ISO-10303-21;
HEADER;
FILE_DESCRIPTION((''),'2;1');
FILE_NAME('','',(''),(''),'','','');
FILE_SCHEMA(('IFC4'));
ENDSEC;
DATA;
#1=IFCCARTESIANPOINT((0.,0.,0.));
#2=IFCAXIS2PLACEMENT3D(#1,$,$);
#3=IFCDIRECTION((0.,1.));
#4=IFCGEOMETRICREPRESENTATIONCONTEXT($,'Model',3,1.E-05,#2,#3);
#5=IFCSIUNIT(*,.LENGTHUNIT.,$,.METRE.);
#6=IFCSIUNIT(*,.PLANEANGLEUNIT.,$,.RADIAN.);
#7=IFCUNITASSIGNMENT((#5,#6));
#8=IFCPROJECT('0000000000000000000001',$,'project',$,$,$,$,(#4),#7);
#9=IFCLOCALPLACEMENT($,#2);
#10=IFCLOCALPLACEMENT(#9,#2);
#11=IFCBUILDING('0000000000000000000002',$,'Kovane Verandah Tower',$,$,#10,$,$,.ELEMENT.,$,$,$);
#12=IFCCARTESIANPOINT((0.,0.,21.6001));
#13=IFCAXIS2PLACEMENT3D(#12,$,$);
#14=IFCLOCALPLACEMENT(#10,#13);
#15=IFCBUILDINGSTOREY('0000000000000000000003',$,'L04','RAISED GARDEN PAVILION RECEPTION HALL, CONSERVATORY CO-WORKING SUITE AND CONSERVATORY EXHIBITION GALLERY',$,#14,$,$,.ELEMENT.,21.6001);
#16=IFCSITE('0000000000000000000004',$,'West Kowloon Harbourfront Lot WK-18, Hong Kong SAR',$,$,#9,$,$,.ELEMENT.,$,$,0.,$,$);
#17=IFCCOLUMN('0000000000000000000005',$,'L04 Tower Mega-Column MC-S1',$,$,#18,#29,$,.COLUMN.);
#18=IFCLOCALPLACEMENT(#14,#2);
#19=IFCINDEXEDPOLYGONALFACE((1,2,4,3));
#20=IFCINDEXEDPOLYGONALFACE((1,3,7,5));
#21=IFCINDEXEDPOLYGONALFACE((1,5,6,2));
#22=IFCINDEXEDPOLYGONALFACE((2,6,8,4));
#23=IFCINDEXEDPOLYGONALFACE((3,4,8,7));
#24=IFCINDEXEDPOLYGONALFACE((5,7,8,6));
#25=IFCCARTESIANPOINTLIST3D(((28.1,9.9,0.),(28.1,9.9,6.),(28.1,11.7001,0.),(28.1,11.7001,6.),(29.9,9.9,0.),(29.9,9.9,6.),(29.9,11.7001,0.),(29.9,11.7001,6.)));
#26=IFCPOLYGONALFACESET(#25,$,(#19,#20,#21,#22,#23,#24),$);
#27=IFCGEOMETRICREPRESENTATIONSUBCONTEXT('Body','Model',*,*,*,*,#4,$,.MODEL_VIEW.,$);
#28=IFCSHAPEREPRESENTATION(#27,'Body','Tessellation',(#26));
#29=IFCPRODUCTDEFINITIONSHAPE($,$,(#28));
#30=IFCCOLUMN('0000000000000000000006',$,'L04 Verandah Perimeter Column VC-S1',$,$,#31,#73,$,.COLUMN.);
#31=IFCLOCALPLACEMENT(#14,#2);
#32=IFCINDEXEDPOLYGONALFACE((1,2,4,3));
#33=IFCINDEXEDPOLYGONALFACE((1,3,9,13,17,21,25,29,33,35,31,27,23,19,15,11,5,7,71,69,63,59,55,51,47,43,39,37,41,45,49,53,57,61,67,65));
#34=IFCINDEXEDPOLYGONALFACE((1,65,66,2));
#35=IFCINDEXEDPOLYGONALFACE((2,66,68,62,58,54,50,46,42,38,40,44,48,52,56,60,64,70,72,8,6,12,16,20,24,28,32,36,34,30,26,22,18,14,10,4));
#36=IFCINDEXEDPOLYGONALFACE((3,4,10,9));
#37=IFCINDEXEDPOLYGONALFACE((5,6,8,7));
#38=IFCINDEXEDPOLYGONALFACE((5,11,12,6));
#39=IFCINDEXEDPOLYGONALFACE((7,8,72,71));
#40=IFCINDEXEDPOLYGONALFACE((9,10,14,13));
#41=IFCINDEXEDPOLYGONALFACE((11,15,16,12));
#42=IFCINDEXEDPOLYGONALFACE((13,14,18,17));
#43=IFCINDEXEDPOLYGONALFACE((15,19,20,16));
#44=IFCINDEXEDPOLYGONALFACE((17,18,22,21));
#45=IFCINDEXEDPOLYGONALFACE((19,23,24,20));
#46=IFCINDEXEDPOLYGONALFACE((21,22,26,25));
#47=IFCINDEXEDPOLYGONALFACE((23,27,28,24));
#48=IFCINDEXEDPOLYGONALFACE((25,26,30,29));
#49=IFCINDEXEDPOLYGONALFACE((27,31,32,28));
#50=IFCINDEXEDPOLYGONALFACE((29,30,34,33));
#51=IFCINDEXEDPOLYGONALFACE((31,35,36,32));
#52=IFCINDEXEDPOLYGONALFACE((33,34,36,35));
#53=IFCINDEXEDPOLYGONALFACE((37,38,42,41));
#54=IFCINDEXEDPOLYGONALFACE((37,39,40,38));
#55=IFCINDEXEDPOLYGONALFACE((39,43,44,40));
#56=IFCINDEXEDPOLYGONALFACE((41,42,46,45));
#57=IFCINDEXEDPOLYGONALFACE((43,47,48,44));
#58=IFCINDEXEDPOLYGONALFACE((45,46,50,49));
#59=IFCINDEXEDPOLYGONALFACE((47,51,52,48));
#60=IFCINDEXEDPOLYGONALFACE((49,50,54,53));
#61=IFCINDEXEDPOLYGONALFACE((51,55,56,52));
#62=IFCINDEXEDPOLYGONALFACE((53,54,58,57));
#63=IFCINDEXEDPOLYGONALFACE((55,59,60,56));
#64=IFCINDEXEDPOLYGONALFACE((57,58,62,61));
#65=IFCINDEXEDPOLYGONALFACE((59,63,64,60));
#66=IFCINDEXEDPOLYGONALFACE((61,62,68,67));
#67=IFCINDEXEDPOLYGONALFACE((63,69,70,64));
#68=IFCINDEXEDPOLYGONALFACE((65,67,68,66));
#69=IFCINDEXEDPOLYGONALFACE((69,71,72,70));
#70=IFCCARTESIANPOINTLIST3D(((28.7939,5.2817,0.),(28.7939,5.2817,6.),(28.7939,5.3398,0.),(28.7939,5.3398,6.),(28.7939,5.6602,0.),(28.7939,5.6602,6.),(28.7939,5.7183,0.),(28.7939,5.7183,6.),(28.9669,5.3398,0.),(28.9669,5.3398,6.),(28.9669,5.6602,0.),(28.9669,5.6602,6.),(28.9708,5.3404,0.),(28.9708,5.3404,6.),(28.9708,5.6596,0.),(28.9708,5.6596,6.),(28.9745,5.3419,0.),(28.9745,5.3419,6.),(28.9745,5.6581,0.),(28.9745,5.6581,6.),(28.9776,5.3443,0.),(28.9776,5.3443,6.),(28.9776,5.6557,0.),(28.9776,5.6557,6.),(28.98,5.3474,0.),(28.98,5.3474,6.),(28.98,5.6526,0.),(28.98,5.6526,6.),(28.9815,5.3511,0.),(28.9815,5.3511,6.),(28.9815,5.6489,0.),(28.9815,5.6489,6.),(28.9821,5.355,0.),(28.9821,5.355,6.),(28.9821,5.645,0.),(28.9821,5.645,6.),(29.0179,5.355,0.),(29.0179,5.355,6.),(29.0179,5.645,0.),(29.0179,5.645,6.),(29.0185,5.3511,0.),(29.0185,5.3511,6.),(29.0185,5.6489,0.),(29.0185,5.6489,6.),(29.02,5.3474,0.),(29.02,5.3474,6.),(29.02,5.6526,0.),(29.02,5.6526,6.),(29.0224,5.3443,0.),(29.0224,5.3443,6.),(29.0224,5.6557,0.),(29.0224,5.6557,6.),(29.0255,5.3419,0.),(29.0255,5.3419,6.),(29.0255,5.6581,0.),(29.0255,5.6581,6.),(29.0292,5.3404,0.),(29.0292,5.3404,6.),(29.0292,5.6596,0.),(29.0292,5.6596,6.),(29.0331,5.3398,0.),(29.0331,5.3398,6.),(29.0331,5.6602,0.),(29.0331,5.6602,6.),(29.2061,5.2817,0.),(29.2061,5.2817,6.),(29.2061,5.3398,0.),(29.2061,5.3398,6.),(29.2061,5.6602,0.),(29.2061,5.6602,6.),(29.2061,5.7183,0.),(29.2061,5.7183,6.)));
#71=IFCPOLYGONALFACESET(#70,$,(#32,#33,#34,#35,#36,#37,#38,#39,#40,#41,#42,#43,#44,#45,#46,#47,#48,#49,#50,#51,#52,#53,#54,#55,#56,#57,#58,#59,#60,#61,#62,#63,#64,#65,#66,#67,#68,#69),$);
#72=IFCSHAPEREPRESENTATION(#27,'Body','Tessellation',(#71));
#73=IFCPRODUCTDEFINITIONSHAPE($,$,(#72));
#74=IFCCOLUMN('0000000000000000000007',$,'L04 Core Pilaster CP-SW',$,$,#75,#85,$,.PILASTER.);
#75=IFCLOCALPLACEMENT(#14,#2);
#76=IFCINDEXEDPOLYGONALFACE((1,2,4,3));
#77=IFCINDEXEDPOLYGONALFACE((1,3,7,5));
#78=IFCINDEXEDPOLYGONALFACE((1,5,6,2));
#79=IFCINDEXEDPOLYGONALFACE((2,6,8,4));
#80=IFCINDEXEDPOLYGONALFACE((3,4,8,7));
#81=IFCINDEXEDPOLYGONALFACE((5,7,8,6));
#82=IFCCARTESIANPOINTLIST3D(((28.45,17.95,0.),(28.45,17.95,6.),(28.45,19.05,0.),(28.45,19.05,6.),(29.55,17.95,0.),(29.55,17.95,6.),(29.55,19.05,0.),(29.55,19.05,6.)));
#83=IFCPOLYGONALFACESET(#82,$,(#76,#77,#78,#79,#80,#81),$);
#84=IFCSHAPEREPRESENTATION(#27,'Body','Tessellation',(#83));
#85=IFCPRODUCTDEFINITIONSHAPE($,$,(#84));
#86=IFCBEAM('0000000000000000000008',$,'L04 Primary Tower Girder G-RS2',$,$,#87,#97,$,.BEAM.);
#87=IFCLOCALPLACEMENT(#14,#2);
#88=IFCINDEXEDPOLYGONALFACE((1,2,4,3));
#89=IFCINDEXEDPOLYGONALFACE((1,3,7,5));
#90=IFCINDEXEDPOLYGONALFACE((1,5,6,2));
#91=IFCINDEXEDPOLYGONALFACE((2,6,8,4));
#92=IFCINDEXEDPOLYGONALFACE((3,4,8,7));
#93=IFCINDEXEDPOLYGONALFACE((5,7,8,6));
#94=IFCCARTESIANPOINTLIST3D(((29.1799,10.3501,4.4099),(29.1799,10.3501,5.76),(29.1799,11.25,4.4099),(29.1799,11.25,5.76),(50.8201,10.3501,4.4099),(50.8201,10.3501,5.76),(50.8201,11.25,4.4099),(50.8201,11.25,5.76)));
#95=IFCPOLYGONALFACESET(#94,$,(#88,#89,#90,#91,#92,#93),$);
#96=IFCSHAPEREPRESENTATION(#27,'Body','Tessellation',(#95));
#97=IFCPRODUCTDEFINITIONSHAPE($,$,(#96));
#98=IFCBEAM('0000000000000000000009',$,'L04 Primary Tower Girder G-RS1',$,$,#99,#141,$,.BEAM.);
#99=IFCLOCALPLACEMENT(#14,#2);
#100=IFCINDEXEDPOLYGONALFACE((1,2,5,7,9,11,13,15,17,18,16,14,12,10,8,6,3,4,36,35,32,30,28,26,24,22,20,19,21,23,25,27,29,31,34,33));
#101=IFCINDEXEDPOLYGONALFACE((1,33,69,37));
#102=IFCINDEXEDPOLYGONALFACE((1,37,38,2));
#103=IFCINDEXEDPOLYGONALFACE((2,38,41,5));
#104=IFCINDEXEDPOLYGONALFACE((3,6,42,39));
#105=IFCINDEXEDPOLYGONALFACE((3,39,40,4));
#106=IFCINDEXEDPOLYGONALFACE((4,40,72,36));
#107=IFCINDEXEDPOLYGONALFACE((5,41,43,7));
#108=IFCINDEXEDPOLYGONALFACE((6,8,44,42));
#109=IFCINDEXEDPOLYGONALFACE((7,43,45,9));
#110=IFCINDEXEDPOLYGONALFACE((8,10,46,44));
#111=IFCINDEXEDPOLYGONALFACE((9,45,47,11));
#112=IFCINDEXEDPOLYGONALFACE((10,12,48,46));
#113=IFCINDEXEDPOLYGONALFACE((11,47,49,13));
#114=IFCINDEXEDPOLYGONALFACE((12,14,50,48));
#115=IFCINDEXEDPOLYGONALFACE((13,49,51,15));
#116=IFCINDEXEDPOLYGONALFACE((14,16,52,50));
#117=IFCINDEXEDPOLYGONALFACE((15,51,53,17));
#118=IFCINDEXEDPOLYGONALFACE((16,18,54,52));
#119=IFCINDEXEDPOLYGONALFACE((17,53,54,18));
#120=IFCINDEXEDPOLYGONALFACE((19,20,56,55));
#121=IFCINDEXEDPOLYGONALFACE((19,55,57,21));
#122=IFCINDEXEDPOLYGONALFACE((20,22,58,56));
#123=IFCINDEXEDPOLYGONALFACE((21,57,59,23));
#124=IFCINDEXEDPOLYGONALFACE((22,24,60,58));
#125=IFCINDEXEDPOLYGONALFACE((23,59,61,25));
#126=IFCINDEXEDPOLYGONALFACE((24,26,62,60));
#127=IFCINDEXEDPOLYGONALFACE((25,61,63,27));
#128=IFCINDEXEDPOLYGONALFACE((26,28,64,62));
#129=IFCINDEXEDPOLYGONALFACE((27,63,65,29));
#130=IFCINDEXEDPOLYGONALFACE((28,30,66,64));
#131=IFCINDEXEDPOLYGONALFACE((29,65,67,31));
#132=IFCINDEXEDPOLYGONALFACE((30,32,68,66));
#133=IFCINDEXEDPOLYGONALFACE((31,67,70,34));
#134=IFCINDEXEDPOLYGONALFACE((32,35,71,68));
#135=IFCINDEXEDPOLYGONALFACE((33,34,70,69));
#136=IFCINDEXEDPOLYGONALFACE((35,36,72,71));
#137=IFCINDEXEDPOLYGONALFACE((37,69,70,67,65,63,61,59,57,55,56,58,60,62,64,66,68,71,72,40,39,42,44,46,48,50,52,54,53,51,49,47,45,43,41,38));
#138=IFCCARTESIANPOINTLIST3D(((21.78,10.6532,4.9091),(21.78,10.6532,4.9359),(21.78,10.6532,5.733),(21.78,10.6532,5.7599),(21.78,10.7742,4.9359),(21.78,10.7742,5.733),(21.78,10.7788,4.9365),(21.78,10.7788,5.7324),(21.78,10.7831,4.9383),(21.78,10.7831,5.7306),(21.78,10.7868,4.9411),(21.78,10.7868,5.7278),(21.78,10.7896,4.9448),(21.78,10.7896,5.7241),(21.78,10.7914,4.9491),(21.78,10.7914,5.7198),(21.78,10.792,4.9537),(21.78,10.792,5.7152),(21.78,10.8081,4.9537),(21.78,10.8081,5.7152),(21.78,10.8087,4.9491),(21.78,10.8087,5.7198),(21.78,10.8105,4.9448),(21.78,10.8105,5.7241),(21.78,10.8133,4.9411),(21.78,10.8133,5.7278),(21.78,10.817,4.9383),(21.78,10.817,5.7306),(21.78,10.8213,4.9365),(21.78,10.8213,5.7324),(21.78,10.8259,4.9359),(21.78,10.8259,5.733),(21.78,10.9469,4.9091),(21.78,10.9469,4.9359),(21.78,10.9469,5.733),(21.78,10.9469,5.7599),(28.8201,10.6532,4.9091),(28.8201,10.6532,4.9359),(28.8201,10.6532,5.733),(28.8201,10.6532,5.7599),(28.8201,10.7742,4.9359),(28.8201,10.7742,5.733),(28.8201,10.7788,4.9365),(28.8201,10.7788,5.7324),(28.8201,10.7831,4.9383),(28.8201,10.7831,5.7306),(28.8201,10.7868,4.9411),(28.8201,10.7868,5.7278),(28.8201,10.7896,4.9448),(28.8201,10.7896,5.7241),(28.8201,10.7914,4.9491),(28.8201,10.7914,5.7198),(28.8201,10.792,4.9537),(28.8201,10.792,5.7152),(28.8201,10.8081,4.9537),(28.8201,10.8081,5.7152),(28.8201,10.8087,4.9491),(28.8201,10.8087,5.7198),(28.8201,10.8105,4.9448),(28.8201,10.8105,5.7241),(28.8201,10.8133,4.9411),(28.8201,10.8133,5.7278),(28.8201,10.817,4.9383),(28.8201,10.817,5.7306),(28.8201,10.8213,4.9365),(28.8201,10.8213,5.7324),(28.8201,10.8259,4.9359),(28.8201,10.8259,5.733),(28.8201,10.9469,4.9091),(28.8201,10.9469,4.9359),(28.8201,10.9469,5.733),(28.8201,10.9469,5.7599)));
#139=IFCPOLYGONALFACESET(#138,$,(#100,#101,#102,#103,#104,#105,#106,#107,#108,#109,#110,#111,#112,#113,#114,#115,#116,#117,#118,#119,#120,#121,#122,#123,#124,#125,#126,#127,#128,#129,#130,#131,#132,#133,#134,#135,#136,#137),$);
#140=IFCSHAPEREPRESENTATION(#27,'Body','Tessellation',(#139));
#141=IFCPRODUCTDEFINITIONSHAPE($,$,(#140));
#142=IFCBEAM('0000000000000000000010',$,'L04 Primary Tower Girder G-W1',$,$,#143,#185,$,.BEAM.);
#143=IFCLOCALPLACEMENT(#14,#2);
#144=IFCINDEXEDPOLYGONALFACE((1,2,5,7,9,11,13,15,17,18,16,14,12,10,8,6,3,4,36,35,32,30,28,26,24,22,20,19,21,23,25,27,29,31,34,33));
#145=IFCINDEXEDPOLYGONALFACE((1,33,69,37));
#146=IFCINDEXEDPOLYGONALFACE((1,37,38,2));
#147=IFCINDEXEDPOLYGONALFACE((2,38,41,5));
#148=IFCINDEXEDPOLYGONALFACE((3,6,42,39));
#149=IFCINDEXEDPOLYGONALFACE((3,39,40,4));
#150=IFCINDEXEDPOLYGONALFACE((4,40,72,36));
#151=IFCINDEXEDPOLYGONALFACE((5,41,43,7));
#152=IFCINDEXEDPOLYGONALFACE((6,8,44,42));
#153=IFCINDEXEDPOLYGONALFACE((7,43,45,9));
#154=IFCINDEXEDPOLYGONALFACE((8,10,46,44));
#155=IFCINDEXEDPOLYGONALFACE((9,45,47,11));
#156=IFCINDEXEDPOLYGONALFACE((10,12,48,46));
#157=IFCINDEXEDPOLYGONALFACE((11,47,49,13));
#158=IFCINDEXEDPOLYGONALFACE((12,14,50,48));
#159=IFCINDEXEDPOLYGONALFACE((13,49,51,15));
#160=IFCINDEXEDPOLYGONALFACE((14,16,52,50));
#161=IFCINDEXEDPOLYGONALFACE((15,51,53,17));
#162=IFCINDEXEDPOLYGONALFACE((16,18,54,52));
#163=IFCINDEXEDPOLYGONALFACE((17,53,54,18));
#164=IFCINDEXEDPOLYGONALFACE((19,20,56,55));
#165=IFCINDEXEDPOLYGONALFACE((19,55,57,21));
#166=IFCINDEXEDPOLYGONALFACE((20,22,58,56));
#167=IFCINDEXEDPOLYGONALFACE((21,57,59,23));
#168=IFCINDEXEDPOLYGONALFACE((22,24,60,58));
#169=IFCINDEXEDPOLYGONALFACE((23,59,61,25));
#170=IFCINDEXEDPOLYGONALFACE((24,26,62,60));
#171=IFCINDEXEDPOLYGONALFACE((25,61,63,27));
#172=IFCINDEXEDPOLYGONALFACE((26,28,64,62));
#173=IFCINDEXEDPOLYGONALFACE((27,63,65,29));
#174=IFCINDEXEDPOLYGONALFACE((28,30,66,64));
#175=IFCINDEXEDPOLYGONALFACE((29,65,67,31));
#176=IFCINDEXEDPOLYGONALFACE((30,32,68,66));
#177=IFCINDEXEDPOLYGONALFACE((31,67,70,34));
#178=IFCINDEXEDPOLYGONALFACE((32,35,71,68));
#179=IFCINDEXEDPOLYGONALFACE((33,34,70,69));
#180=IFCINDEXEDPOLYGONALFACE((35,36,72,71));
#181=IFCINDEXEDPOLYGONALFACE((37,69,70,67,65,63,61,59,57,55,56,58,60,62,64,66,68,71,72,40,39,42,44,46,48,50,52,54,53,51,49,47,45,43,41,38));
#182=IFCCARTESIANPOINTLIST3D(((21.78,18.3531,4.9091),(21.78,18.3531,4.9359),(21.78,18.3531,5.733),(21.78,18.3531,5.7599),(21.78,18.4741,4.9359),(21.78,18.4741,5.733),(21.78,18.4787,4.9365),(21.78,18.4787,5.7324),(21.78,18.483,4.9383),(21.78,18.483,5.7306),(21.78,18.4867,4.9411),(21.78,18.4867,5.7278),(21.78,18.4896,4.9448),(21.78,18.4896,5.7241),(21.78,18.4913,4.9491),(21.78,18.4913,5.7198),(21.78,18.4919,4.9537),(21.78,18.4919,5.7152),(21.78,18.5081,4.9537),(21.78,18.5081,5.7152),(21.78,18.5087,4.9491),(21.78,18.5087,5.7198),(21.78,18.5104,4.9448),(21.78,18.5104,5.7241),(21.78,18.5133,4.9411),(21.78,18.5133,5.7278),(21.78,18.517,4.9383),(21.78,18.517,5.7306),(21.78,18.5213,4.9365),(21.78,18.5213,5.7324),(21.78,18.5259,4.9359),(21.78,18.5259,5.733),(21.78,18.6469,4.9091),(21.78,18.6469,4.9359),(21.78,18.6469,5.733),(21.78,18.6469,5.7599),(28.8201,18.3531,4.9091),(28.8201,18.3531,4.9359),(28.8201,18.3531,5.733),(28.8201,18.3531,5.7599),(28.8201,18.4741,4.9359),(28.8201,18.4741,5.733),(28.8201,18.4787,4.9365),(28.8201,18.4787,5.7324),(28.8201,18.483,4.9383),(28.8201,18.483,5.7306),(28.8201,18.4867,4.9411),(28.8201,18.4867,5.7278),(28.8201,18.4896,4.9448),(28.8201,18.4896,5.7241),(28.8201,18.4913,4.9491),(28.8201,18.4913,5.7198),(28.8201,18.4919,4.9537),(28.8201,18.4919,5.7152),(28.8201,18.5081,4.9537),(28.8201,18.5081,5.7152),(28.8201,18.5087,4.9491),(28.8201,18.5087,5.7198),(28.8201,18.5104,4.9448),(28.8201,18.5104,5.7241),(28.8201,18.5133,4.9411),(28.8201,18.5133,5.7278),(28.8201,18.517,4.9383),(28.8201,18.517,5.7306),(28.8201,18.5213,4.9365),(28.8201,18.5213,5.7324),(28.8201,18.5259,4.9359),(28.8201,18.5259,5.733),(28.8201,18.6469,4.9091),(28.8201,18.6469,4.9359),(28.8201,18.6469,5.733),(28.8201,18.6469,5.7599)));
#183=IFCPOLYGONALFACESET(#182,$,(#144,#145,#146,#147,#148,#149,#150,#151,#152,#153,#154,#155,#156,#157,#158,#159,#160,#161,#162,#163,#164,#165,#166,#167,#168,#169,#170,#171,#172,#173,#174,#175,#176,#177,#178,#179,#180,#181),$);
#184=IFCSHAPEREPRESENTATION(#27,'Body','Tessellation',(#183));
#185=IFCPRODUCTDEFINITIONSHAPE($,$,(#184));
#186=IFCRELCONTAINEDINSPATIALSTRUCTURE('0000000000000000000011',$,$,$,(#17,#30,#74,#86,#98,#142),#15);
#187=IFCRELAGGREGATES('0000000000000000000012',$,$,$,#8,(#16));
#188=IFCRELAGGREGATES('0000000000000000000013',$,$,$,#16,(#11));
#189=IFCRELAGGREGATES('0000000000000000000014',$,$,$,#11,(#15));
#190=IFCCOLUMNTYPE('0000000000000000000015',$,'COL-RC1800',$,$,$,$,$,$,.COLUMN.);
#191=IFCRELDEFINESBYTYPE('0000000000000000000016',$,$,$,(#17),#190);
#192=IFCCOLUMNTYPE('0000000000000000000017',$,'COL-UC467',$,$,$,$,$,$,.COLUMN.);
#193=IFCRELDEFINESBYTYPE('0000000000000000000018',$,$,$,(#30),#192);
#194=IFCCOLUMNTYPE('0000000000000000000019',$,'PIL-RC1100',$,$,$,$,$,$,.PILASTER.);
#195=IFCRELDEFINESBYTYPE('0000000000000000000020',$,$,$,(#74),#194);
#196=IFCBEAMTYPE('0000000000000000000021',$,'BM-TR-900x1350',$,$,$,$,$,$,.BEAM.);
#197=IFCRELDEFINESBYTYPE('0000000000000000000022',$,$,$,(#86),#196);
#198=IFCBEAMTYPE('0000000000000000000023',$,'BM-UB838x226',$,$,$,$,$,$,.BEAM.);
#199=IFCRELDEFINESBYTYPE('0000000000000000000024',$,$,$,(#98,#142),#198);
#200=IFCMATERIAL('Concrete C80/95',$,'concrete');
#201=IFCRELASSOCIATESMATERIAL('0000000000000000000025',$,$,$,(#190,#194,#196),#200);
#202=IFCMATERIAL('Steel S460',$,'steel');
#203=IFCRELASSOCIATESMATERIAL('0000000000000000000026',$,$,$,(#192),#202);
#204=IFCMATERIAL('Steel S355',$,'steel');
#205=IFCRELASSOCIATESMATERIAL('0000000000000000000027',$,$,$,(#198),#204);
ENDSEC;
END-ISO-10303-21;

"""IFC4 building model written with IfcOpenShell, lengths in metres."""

from ifc_helpers import new_model, si_unit, direction, frame, origin, origin_2d, place, context, subcontext, project, spatial, rectangle, i_section, extrude, material, material_profile, profile_set, type_object, element, save


model = new_model("IFC4")

# Units and contexts
model_context = context("Model", 3, precision=1e-05, world=origin(), true_north=direction((0.0, 1.0)))
body_context = subcontext(model_context, "Body", "Model", "MODEL_VIEW")
ifc_project = project(units=[si_unit("LENGTHUNIT", "METRE"), si_unit("PLANEANGLEUNIT", "RADIAN")], contexts=[model_context])

# Site, building, storey
site_placement = place(None, origin())
site = spatial("IfcSite", under=ifc_project, at=site_placement, Name="West Kowloon Harbourfront Lot WK-18, Hong Kong SAR", CompositionType="ELEMENT", RefElevation=0.0)
building_placement = place(site_placement, origin())
building = spatial("IfcBuilding", under=site, at=building_placement, Name="Kovane Verandah Tower", CompositionType="ELEMENT")
storey_placement = place(building_placement, frame((0.0, 0.0, 21.6001)))
storey = spatial("IfcBuildingStorey", under=building, at=storey_placement, Name="L04", Description="RAISED GARDEN PAVILION RECEPTION HALL, CONSERVATORY CO-WORKING SUITE AND CONSERVATORY EXHIBITION GALLERY", CompositionType="ELEMENT", Elevation=21.6001)

# Columns
ifc_material_1 = material(Name="Concrete C80/95", Category="concrete")
ifc_material_profile_1 = material_profile(ifc_material_1, rectangle(XDim=1.8, YDim=1.8, at=origin_2d()), Name="RC1800x1800")
ifc_profile_set_1 = profile_set([ifc_material_profile_1], Name="Concrete C80/95")
column_type_1 = type_object("IfcColumnType", Name="COL-RC1800", PredefinedType="COLUMN", material=ifc_profile_set_1)
column_1_placement = place(storey_placement, frame((29.0, 10.8, 0.0), z_axis=(0.0, 0.0, 1.0), x_axis=(1.0, 0.0, 0.0)))
element("IfcColumn", 1, at=column_1_placement, inside=storey, type_object=column_type_1, Name="L04 Tower Mega-Column MC-S1", PredefinedType="COLUMN", context=body_context, shape_type="SweptSolid", body=[
    extrude(rectangle(XDim=1.8, YDim=1.8, at=origin_2d()), origin(), (0.0, 0.0, 1.0), 6.0),
])
ifc_material_2 = material(Name="Steel S460", Category="steel")
ifc_material_profile_2 = material_profile(ifc_material_2, i_section(OverallWidth=0.4121, OverallDepth=0.4365, WebThickness=0.0359, FlangeThickness=0.0581, FilletRadius=0.0151, at=origin_2d()), Name="UC356x406x467")
ifc_profile_set_2 = profile_set([ifc_material_profile_2], Name="Steel S460")
column_type_2 = type_object("IfcColumnType", Name="COL-UC467", PredefinedType="COLUMN", material=ifc_profile_set_2)
column_2_placement = place(storey_placement, frame((29.0, 5.5, 0.0), z_axis=(0.0, 0.0, 1.0), x_axis=(1.0, 0.0, 0.0)))
element("IfcColumn", 2, at=column_2_placement, inside=storey, type_object=column_type_2, Name="L04 Verandah Perimeter Column VC-S1", PredefinedType="COLUMN", context=body_context, shape_type="SweptSolid", body=[
    extrude(i_section(OverallWidth=0.4121, OverallDepth=0.4365, WebThickness=0.0359, FlangeThickness=0.0581, FilletRadius=0.0151, at=origin_2d()), origin(), (0.0, 0.0, 1.0), 6.0),
])
ifc_material_profile_3 = material_profile(ifc_material_1, rectangle(XDim=1.1001, YDim=1.1001, at=origin_2d()), Name="RC1100x1100")
ifc_profile_set_3 = profile_set([ifc_material_profile_3], Name="Concrete C80/95")
column_type_3 = type_object("IfcColumnType", Name="PIL-RC1100", PredefinedType="PILASTER", material=ifc_profile_set_3)
column_3_placement = place(storey_placement, frame((29.0, 18.5, 0.0), z_axis=(0.0, 0.0, 1.0), x_axis=(1.0, 0.0, 0.0)))
element("IfcColumn", 3, at=column_3_placement, inside=storey, type_object=column_type_3, Name="L04 Core Pilaster CP-SW", PredefinedType="PILASTER", context=body_context, shape_type="SweptSolid", body=[
    extrude(rectangle(XDim=1.1001, YDim=1.1001, at=origin_2d()), origin(), (0.0, 0.0, 1.0), 6.0),
])

# Beams
ifc_material_profile_4 = material_profile(ifc_material_1, rectangle(XDim=0.8999, YDim=1.3501, at=origin_2d()), Name="RCB900x1350")
ifc_profile_set_4 = profile_set([ifc_material_profile_4], Name="Concrete C80/95")
beam_type_1 = type_object("IfcBeamType", Name="BM-TR-900x1350", PredefinedType="BEAM", material=ifc_profile_set_4)
beam_1_placement = place(storey_placement, frame((29.1799, 10.8, 5.085), z_axis=(1.0, 0.0, 0.0), x_axis=(0.0, 1.0, 0.0)))
element("IfcBeam", 4, at=beam_1_placement, inside=storey, type_object=beam_type_1, Name="L04 Primary Tower Girder G-RS2", PredefinedType="BEAM", context=body_context, shape_type="SweptSolid", body=[
    extrude(rectangle(XDim=0.8999, YDim=1.3501, at=origin_2d()), origin(), (0.0, 0.0, 1.0), 21.6401),
])
ifc_material_3 = material(Name="Steel S355", Category="steel")
ifc_material_profile_5 = material_profile(ifc_material_3, i_section(OverallWidth=0.2937, OverallDepth=0.8508, WebThickness=0.0161, FlangeThickness=0.0269, FilletRadius=0.0178, at=origin_2d()), Name="UB838x292x226")
ifc_profile_set_5 = profile_set([ifc_material_profile_5], Name="Steel S355")
beam_type_2 = type_object("IfcBeamType", Name="BM-UB838x226", PredefinedType="BEAM", material=ifc_profile_set_5)
for number, where, z_axis, x_axis, name in (
    (5, (21.78, 10.8, 5.3345), (1.0, 0.0, 0.0), (0.0, 1.0, 0.0), "L04 Primary Tower Girder G-RS1"),
    (6, (28.8201, 18.5, 5.3345), (-1.0, 0.0, 0.0), (0.0, -1.0, 0.0), "L04 Primary Tower Girder G-W1"),
):
    element("IfcBeam", number, at=place(storey_placement, frame(where, z_axis=z_axis, x_axis=x_axis)), inside=storey, type_object=beam_type_2, Name=name, PredefinedType="BEAM", context=body_context, shape_type="SweptSolid", body=[
        extrude(i_section(OverallWidth=0.2937, OverallDepth=0.8508, WebThickness=0.0161, FlangeThickness=0.0269, FilletRadius=0.0178, at=origin_2d()), origin(), (0.0, 0.0, 1.0), 7.04),
    ])

save(model, "model.ifc")
